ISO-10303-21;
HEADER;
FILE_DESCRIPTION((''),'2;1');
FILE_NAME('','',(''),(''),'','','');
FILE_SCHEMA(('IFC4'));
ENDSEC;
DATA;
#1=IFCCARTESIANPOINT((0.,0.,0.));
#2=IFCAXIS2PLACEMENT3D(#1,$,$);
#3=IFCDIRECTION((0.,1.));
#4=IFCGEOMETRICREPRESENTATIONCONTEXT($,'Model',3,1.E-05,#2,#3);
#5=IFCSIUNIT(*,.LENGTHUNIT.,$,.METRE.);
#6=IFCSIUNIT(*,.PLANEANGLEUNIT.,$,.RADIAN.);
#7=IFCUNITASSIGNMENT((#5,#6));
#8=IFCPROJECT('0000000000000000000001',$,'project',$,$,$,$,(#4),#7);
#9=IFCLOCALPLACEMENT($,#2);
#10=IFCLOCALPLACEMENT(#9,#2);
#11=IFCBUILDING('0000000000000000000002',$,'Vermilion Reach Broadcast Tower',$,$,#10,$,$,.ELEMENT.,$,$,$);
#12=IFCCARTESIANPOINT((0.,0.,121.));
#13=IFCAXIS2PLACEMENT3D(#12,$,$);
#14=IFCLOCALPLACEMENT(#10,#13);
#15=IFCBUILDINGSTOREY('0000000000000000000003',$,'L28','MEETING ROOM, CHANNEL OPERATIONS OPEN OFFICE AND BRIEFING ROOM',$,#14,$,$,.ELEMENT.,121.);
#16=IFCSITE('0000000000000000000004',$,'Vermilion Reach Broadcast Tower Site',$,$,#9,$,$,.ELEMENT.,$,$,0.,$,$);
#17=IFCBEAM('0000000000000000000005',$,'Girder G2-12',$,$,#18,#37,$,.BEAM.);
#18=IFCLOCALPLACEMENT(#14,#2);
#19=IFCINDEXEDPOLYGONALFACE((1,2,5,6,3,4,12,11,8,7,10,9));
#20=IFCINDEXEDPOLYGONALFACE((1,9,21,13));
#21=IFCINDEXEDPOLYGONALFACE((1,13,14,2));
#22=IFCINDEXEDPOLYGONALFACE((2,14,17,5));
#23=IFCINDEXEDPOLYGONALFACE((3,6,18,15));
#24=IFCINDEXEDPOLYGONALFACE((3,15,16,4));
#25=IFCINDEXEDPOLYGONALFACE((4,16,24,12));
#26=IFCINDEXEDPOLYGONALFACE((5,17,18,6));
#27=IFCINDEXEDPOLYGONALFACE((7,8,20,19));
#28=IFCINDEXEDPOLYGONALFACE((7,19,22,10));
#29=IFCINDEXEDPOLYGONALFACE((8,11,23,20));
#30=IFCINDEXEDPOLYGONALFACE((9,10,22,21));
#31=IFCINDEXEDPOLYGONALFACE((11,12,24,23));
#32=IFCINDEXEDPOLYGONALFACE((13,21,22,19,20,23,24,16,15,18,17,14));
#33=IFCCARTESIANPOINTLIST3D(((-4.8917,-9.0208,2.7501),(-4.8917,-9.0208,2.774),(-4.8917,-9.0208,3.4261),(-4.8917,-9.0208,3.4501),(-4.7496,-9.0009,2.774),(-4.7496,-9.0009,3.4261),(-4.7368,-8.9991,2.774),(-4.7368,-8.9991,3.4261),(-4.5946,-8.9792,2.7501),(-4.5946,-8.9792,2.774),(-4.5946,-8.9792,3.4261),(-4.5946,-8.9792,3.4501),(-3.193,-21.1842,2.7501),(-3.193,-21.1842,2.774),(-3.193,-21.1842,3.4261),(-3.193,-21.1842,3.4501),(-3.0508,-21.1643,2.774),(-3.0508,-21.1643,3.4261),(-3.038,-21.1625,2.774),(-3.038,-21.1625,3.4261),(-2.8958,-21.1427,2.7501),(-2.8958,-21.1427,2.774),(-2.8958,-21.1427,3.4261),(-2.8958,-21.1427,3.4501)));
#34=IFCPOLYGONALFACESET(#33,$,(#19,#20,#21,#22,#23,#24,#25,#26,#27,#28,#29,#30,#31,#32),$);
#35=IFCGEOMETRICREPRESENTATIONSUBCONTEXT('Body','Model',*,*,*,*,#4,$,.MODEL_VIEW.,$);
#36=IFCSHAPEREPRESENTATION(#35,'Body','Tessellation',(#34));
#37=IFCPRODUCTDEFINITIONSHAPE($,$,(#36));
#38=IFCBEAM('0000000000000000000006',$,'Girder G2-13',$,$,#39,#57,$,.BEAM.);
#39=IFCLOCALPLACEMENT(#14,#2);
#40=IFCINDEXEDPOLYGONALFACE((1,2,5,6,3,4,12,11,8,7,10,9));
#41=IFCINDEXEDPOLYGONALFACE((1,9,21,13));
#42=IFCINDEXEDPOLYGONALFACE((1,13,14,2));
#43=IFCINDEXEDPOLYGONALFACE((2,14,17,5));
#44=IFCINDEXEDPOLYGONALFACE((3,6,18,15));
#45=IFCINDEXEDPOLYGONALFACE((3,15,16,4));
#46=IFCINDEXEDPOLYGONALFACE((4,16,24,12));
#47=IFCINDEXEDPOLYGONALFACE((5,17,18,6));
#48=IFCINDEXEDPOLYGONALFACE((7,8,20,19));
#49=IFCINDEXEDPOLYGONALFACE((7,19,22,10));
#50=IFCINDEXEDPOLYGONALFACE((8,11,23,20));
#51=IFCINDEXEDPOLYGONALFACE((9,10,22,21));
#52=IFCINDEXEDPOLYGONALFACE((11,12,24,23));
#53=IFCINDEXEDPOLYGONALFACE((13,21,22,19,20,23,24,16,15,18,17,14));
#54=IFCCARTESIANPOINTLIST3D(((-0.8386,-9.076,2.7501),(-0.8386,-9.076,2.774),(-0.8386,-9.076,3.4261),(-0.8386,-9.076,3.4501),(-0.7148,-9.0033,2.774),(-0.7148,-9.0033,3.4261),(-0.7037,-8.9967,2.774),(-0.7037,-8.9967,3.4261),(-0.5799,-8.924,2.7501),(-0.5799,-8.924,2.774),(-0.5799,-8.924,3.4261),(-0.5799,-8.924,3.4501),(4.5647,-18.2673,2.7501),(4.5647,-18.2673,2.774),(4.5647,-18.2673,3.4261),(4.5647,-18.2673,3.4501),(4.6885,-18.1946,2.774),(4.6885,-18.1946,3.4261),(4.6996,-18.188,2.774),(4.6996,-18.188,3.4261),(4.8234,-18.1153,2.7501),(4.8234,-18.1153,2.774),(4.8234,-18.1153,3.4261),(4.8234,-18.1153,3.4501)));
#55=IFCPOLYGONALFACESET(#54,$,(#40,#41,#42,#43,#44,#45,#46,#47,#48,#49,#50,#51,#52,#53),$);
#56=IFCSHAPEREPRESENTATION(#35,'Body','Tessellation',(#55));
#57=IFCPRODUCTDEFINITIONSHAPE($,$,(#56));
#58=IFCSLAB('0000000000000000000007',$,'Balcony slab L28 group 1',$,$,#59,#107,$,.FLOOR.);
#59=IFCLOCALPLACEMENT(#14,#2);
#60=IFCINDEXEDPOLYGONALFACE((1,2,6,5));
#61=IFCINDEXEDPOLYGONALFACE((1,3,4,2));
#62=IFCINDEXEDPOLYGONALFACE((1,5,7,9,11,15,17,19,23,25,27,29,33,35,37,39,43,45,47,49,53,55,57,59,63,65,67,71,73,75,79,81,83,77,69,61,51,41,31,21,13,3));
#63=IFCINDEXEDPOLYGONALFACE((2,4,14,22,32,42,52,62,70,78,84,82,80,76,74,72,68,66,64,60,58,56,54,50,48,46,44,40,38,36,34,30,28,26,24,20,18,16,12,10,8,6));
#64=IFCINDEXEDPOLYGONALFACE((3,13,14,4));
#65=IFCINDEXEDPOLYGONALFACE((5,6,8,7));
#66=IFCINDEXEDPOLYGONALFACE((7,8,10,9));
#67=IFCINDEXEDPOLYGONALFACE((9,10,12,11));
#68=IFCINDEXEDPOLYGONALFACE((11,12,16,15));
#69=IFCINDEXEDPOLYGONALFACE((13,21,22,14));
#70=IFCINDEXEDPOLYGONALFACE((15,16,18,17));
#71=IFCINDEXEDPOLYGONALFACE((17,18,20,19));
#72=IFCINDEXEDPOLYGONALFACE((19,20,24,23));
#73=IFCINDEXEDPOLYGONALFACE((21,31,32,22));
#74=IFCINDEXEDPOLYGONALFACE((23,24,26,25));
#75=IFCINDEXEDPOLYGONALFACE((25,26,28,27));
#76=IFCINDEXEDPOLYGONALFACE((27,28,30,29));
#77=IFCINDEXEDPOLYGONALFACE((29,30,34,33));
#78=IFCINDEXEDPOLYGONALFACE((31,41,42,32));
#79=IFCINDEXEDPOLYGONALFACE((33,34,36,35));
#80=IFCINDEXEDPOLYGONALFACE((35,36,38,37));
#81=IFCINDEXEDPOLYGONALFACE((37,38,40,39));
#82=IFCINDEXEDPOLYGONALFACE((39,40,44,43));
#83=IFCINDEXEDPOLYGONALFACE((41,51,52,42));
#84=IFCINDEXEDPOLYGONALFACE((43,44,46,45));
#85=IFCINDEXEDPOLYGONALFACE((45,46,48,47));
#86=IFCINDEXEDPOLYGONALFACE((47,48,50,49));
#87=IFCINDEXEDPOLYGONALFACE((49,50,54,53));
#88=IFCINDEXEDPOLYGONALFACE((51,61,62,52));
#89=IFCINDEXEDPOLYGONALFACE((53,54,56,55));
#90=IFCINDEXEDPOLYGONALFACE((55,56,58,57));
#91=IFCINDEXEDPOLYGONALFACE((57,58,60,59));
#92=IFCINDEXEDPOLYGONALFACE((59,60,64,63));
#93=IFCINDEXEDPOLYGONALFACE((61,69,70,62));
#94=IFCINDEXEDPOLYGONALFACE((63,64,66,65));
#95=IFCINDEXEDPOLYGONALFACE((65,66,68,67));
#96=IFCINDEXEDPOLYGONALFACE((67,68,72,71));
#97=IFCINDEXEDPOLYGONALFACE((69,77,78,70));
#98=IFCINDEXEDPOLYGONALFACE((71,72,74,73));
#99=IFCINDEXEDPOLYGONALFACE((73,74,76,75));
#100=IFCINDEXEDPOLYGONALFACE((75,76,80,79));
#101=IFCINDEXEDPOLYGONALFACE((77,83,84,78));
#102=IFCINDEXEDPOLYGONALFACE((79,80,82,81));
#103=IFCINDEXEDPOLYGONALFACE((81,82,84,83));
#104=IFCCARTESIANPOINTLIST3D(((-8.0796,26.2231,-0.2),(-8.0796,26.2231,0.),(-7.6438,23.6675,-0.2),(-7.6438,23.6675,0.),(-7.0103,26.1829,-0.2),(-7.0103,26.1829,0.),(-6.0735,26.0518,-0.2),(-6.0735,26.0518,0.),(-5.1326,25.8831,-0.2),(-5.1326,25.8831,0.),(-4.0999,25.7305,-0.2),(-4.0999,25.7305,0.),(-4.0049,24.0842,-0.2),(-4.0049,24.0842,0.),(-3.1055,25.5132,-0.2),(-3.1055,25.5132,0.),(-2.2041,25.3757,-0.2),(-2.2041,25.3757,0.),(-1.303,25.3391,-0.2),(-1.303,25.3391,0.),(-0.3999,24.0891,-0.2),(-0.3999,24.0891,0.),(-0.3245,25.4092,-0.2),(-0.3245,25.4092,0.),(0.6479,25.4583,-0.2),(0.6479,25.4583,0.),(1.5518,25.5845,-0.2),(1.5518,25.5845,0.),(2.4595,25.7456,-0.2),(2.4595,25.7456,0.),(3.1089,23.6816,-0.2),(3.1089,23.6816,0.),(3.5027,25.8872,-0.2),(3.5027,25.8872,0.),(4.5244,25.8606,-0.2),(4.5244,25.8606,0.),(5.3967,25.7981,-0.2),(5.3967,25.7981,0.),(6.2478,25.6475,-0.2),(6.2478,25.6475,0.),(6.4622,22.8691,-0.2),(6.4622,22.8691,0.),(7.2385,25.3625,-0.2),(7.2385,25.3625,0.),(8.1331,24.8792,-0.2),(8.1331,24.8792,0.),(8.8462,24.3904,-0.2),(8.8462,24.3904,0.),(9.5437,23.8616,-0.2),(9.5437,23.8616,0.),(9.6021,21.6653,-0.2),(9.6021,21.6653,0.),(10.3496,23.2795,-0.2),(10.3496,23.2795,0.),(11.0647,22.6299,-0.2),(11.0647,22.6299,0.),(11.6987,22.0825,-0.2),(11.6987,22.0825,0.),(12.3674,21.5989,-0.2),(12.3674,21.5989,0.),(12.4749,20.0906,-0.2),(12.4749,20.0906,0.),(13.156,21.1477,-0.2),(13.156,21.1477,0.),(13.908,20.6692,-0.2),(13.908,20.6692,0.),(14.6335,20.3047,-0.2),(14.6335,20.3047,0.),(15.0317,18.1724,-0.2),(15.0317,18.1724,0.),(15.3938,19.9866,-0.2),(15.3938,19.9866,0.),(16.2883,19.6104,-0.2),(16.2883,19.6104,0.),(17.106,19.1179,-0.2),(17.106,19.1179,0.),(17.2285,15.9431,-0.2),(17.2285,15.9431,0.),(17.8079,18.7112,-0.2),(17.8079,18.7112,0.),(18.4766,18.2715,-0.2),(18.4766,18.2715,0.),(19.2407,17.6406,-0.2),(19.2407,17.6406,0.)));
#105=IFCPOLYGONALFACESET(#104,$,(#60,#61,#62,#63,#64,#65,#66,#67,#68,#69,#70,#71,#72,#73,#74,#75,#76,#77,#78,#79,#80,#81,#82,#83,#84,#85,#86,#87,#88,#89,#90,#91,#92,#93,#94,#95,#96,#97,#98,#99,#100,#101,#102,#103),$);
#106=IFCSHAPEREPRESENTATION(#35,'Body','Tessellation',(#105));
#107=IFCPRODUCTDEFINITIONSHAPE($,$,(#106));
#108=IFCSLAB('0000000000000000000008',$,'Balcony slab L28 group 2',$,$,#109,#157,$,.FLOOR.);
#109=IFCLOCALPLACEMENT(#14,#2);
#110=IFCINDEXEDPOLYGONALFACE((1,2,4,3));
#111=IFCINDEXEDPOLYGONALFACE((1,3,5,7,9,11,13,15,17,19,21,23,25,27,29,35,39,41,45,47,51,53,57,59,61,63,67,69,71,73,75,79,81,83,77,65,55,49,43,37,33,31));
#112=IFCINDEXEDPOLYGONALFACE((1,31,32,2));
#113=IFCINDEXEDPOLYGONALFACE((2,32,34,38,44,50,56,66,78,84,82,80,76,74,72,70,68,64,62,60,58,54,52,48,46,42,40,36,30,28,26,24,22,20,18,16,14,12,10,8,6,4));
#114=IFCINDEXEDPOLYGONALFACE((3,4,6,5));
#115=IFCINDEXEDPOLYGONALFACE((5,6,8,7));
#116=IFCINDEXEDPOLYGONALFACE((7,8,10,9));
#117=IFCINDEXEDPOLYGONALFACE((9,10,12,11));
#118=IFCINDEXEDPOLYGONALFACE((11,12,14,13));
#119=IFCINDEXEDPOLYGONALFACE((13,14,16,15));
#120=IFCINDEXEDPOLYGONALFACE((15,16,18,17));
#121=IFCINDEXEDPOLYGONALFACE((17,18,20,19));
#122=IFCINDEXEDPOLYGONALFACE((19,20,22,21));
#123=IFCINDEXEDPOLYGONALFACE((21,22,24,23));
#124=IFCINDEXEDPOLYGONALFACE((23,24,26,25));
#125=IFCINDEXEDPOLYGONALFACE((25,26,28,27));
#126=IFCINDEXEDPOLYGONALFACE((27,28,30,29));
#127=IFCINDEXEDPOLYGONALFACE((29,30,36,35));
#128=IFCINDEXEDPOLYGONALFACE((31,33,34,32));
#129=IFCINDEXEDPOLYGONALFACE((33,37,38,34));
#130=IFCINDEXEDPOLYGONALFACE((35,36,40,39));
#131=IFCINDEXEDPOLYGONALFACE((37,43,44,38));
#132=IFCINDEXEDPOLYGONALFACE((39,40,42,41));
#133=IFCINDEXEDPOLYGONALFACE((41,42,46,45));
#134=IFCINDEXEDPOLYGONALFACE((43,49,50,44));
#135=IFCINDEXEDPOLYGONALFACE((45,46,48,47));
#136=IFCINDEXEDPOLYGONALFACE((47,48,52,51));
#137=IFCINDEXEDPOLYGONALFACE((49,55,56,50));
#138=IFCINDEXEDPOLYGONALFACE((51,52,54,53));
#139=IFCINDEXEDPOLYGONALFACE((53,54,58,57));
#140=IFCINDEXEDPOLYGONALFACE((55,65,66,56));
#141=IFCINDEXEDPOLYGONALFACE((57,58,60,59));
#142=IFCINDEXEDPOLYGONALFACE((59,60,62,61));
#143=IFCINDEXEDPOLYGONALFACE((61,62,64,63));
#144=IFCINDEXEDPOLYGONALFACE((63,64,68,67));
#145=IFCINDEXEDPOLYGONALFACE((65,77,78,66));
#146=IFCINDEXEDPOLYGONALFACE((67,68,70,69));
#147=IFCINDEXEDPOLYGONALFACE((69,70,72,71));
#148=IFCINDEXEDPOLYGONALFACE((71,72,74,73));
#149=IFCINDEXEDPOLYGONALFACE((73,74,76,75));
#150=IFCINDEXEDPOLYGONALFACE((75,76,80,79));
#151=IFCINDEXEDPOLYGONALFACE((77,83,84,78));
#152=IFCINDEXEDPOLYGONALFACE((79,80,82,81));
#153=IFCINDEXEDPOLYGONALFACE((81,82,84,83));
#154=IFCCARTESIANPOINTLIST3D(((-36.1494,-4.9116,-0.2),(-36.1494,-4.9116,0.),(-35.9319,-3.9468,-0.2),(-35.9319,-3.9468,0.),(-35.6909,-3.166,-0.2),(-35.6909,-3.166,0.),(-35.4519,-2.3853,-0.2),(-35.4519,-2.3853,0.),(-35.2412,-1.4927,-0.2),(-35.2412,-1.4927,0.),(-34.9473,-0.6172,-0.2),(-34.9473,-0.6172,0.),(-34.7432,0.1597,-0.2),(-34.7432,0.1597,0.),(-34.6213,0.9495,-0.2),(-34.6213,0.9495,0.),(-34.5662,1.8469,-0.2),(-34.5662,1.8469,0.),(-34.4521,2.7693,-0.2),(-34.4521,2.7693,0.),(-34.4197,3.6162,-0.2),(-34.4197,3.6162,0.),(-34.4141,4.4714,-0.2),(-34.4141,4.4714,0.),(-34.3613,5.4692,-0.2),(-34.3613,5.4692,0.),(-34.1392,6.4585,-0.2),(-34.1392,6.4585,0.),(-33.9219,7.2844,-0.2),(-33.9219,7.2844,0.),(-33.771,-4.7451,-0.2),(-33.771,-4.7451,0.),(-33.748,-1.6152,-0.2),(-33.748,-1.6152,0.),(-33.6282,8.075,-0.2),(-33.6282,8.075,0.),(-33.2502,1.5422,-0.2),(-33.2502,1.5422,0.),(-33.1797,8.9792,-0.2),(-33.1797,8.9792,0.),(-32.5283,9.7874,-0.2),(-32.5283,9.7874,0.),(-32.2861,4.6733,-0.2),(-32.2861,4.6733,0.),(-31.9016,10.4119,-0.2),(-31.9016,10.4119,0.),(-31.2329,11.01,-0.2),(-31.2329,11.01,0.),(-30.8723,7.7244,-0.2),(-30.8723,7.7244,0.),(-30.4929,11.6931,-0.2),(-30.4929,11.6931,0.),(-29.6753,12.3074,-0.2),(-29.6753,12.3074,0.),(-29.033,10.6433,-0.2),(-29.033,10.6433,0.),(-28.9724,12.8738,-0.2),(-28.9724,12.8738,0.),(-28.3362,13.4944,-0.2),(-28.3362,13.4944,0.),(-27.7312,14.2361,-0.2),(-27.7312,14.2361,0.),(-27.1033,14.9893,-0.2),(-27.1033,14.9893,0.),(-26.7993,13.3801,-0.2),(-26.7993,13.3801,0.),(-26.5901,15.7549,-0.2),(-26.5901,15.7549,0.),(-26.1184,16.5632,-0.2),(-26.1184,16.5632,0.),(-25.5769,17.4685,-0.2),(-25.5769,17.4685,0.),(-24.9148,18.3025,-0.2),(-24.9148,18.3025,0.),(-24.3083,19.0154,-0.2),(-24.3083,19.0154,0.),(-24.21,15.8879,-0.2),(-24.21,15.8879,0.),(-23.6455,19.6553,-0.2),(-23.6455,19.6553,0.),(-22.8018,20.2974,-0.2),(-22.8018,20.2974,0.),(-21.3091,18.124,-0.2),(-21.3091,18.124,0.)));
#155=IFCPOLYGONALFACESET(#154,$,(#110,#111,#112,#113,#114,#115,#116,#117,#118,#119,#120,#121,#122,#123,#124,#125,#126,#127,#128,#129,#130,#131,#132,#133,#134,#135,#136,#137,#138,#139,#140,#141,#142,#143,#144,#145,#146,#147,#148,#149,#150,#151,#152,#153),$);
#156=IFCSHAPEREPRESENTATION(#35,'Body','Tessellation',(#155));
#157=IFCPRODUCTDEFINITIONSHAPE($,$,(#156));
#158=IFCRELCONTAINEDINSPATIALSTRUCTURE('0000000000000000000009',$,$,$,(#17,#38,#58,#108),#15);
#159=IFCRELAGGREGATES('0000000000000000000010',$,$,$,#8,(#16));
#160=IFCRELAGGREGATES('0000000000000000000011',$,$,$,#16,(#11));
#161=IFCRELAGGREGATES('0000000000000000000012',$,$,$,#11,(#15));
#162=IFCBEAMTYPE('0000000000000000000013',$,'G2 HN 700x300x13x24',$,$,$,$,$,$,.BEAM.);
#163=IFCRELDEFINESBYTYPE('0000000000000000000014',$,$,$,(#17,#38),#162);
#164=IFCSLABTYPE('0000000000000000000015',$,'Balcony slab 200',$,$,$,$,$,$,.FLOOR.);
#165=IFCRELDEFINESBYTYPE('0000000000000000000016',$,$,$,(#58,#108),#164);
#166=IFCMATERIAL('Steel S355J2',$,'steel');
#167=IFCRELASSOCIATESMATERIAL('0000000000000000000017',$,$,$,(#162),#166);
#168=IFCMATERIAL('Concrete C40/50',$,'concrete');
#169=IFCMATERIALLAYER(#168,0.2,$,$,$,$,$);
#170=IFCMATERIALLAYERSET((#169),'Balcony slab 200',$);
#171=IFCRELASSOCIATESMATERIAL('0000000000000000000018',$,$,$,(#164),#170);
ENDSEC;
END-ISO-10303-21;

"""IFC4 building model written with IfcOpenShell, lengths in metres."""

from ifc_helpers import new_model, si_unit, direction, frame, origin, origin_2d, place, context, subcontext, project, spatial, polyline, i_section, outline, extrude, material, layer, layer_set, material_profile, profile_set, type_object, element, save


model = new_model("IFC4")

# Units and contexts
model_context = context("Model", 3, precision=1e-05, world=origin(), true_north=direction((0.0, 1.0)))
body_context = subcontext(model_context, "Body", "Model", "MODEL_VIEW")
ifc_project = project(units=[si_unit("LENGTHUNIT", "METRE"), si_unit("PLANEANGLEUNIT", "RADIAN")], contexts=[model_context])

# Site, building, storey
site_placement = place(None, origin())
site = spatial("IfcSite", under=ifc_project, at=site_placement, Name="Vermilion Reach Broadcast Tower Site", CompositionType="ELEMENT", RefElevation=0.0)
building_placement = place(site_placement, origin())
building = spatial("IfcBuilding", under=site, at=building_placement, Name="Vermilion Reach Broadcast Tower", CompositionType="ELEMENT")
storey_placement = place(building_placement, frame((0.0, 0.0, 121.0)))
storey = spatial("IfcBuildingStorey", under=building, at=storey_placement, Name="L28", Description="MEETING ROOM, CHANNEL OPERATIONS OPEN OFFICE AND BRIEFING ROOM", CompositionType="ELEMENT", Elevation=121.0)

# Beams
ifc_material_1 = material(Name="Steel S355J2", Category="steel")
ifc_material_profile = material_profile(ifc_material_1, i_section(OverallWidth=0.3, OverallDepth=0.7, WebThickness=0.0129, FlangeThickness=0.0239, at=origin_2d()), Name="S355J2 HN 700x300x13x24")
ifc_profile_set = profile_set([ifc_material_profile], Name="Steel S355J2")
beam_type = type_object("IfcBeamType", Name="G2 HN 700x300x13x24", PredefinedType="BEAM", material=ifc_profile_set)
beam_1_placement = place(storey_placement, frame((-4.7432, -9.0, 3.1001), z_axis=(0.138318, -0.990388, 0.0), x_axis=(0.990388, 0.138318, 0.0)))
element("IfcBeam", 1, at=beam_1_placement, inside=storey, type_object=beam_type, Name="Girder G2-12", PredefinedType="BEAM", context=body_context, shape_type="SweptSolid", body=[
    extrude(i_section(OverallWidth=0.3, OverallDepth=0.7, WebThickness=0.0129, FlangeThickness=0.0239, at=origin_2d()), origin(), (0.0, 0.0, 1.0), 12.2815),
])
beam_2_placement = place(storey_placement, frame((-0.7092, -9.0, 3.1001), z_axis=(0.506784, -0.862073, 0.0), x_axis=(0.862073, 0.506784, 0.0)))
element("IfcBeam", 2, at=beam_2_placement, inside=storey, type_object=beam_type, Name="Girder G2-13", PredefinedType="BEAM", context=body_context, shape_type="SweptSolid", body=[
    extrude(i_section(OverallWidth=0.3, OverallDepth=0.7, WebThickness=0.0129, FlangeThickness=0.0239, at=origin_2d()), origin(), (0.0, 0.0, 1.0), 10.6619),
])

# Slabs
ifc_material_2 = material(Name="Concrete C40/50", Category="concrete")
ifc_layer_1 = layer(ifc_material_2, 0.2)
ifc_layer_set_1 = layer_set([ifc_layer_1], Name="Balcony slab 200")
slab_type_1 = type_object("IfcSlabType", Name="Balcony slab 200", PredefinedType="FLOOR", material=ifc_layer_set_1)
placement_1 = place(storey_placement, frame((0.0, 0.0, -0.2)))
element("IfcSlab", 3, at=placement_1, inside=storey, type_object=slab_type_1, Name="Balcony slab L28 group 1", PredefinedType="FLOOR", context=body_context, shape_type="SweptSolid", body=[
    extrude(outline(polyline([(17.2285, 15.9431), (15.0317, 18.1724), (12.4749, 20.0906), (9.6021, 21.6653), (6.4622, 22.8691), (3.1089, 23.6816), (-0.3999, 24.0891), (-4.0049, 24.0842), (-7.6438, 23.6675), (-8.0796, 26.2231), (-7.0103, 26.1829), (-6.0735, 26.0518), (-5.1326, 25.8831), (-4.0999, 25.7305), (-3.1055, 25.5132), (-2.2041, 25.3757), (-1.303, 25.3391), (-0.3245, 25.4092), (0.6479, 25.4583), (1.5518, 25.5845), (2.4595, 25.7456), (3.5027, 25.8872), (4.5244, 25.8606), (5.3967, 25.7981), (6.2478, 25.6475), (7.2385, 25.3625), (8.1331, 24.8792), (8.8462, 24.3904), (9.5437, 23.8616), (10.3496, 23.2795), (11.0647, 22.6299), (11.6987, 22.0825), (12.3674, 21.5989), (13.156, 21.1477), (13.908, 20.6692), (14.6335, 20.3047), (15.3938, 19.9866), (16.2883, 19.6104), (17.106, 19.1179), (17.8079, 18.7112), (18.4766, 18.2715), (19.2407, 17.6406), (17.2285, 15.9431)])), origin(), (0.0, 0.0, 1.0), 0.2),
])
element("IfcSlab", 4, at=placement_1, inside=storey, type_object=slab_type_1, Name="Balcony slab L28 group 2", PredefinedType="FLOOR", context=body_context, shape_type="SweptSolid", body=[
    extrude(outline(polyline([(-21.3091, 18.124), (-24.21, 15.8879), (-26.7993, 13.3801), (-29.033, 10.6433), (-30.8723, 7.7244), (-32.2861, 4.6733), (-33.2502, 1.5422), (-33.748, -1.6152), (-33.771, -4.7451), (-36.1494, -4.9116), (-35.9319, -3.9468), (-35.6909, -3.166), (-35.4519, -2.3853), (-35.2412, -1.4927), (-34.9473, -0.6172), (-34.7432, 0.1597), (-34.6213, 0.9495), (-34.5662, 1.8469), (-34.4521, 2.7693), (-34.4197, 3.6162), (-34.4141, 4.4714), (-34.3613, 5.4692), (-34.1392, 6.4585), (-33.9219, 7.2844), (-33.6282, 8.075), (-33.1797, 8.9792), (-32.5283, 9.7874), (-31.9016, 10.4119), (-31.2329, 11.01), (-30.4929, 11.6931), (-29.6753, 12.3074), (-28.9724, 12.8738), (-28.3362, 13.4944), (-27.7312, 14.2361), (-27.1033, 14.9893), (-26.5901, 15.7549), (-26.1184, 16.5632), (-25.5769, 17.4685), (-24.9148, 18.3025), (-24.3083, 19.0154), (-23.6455, 19.6553), (-22.8018, 20.2974), (-21.3091, 18.124)])), origin(), (0.0, 0.0, 1.0), 0.2),
])

save(model, "model.ifc")
